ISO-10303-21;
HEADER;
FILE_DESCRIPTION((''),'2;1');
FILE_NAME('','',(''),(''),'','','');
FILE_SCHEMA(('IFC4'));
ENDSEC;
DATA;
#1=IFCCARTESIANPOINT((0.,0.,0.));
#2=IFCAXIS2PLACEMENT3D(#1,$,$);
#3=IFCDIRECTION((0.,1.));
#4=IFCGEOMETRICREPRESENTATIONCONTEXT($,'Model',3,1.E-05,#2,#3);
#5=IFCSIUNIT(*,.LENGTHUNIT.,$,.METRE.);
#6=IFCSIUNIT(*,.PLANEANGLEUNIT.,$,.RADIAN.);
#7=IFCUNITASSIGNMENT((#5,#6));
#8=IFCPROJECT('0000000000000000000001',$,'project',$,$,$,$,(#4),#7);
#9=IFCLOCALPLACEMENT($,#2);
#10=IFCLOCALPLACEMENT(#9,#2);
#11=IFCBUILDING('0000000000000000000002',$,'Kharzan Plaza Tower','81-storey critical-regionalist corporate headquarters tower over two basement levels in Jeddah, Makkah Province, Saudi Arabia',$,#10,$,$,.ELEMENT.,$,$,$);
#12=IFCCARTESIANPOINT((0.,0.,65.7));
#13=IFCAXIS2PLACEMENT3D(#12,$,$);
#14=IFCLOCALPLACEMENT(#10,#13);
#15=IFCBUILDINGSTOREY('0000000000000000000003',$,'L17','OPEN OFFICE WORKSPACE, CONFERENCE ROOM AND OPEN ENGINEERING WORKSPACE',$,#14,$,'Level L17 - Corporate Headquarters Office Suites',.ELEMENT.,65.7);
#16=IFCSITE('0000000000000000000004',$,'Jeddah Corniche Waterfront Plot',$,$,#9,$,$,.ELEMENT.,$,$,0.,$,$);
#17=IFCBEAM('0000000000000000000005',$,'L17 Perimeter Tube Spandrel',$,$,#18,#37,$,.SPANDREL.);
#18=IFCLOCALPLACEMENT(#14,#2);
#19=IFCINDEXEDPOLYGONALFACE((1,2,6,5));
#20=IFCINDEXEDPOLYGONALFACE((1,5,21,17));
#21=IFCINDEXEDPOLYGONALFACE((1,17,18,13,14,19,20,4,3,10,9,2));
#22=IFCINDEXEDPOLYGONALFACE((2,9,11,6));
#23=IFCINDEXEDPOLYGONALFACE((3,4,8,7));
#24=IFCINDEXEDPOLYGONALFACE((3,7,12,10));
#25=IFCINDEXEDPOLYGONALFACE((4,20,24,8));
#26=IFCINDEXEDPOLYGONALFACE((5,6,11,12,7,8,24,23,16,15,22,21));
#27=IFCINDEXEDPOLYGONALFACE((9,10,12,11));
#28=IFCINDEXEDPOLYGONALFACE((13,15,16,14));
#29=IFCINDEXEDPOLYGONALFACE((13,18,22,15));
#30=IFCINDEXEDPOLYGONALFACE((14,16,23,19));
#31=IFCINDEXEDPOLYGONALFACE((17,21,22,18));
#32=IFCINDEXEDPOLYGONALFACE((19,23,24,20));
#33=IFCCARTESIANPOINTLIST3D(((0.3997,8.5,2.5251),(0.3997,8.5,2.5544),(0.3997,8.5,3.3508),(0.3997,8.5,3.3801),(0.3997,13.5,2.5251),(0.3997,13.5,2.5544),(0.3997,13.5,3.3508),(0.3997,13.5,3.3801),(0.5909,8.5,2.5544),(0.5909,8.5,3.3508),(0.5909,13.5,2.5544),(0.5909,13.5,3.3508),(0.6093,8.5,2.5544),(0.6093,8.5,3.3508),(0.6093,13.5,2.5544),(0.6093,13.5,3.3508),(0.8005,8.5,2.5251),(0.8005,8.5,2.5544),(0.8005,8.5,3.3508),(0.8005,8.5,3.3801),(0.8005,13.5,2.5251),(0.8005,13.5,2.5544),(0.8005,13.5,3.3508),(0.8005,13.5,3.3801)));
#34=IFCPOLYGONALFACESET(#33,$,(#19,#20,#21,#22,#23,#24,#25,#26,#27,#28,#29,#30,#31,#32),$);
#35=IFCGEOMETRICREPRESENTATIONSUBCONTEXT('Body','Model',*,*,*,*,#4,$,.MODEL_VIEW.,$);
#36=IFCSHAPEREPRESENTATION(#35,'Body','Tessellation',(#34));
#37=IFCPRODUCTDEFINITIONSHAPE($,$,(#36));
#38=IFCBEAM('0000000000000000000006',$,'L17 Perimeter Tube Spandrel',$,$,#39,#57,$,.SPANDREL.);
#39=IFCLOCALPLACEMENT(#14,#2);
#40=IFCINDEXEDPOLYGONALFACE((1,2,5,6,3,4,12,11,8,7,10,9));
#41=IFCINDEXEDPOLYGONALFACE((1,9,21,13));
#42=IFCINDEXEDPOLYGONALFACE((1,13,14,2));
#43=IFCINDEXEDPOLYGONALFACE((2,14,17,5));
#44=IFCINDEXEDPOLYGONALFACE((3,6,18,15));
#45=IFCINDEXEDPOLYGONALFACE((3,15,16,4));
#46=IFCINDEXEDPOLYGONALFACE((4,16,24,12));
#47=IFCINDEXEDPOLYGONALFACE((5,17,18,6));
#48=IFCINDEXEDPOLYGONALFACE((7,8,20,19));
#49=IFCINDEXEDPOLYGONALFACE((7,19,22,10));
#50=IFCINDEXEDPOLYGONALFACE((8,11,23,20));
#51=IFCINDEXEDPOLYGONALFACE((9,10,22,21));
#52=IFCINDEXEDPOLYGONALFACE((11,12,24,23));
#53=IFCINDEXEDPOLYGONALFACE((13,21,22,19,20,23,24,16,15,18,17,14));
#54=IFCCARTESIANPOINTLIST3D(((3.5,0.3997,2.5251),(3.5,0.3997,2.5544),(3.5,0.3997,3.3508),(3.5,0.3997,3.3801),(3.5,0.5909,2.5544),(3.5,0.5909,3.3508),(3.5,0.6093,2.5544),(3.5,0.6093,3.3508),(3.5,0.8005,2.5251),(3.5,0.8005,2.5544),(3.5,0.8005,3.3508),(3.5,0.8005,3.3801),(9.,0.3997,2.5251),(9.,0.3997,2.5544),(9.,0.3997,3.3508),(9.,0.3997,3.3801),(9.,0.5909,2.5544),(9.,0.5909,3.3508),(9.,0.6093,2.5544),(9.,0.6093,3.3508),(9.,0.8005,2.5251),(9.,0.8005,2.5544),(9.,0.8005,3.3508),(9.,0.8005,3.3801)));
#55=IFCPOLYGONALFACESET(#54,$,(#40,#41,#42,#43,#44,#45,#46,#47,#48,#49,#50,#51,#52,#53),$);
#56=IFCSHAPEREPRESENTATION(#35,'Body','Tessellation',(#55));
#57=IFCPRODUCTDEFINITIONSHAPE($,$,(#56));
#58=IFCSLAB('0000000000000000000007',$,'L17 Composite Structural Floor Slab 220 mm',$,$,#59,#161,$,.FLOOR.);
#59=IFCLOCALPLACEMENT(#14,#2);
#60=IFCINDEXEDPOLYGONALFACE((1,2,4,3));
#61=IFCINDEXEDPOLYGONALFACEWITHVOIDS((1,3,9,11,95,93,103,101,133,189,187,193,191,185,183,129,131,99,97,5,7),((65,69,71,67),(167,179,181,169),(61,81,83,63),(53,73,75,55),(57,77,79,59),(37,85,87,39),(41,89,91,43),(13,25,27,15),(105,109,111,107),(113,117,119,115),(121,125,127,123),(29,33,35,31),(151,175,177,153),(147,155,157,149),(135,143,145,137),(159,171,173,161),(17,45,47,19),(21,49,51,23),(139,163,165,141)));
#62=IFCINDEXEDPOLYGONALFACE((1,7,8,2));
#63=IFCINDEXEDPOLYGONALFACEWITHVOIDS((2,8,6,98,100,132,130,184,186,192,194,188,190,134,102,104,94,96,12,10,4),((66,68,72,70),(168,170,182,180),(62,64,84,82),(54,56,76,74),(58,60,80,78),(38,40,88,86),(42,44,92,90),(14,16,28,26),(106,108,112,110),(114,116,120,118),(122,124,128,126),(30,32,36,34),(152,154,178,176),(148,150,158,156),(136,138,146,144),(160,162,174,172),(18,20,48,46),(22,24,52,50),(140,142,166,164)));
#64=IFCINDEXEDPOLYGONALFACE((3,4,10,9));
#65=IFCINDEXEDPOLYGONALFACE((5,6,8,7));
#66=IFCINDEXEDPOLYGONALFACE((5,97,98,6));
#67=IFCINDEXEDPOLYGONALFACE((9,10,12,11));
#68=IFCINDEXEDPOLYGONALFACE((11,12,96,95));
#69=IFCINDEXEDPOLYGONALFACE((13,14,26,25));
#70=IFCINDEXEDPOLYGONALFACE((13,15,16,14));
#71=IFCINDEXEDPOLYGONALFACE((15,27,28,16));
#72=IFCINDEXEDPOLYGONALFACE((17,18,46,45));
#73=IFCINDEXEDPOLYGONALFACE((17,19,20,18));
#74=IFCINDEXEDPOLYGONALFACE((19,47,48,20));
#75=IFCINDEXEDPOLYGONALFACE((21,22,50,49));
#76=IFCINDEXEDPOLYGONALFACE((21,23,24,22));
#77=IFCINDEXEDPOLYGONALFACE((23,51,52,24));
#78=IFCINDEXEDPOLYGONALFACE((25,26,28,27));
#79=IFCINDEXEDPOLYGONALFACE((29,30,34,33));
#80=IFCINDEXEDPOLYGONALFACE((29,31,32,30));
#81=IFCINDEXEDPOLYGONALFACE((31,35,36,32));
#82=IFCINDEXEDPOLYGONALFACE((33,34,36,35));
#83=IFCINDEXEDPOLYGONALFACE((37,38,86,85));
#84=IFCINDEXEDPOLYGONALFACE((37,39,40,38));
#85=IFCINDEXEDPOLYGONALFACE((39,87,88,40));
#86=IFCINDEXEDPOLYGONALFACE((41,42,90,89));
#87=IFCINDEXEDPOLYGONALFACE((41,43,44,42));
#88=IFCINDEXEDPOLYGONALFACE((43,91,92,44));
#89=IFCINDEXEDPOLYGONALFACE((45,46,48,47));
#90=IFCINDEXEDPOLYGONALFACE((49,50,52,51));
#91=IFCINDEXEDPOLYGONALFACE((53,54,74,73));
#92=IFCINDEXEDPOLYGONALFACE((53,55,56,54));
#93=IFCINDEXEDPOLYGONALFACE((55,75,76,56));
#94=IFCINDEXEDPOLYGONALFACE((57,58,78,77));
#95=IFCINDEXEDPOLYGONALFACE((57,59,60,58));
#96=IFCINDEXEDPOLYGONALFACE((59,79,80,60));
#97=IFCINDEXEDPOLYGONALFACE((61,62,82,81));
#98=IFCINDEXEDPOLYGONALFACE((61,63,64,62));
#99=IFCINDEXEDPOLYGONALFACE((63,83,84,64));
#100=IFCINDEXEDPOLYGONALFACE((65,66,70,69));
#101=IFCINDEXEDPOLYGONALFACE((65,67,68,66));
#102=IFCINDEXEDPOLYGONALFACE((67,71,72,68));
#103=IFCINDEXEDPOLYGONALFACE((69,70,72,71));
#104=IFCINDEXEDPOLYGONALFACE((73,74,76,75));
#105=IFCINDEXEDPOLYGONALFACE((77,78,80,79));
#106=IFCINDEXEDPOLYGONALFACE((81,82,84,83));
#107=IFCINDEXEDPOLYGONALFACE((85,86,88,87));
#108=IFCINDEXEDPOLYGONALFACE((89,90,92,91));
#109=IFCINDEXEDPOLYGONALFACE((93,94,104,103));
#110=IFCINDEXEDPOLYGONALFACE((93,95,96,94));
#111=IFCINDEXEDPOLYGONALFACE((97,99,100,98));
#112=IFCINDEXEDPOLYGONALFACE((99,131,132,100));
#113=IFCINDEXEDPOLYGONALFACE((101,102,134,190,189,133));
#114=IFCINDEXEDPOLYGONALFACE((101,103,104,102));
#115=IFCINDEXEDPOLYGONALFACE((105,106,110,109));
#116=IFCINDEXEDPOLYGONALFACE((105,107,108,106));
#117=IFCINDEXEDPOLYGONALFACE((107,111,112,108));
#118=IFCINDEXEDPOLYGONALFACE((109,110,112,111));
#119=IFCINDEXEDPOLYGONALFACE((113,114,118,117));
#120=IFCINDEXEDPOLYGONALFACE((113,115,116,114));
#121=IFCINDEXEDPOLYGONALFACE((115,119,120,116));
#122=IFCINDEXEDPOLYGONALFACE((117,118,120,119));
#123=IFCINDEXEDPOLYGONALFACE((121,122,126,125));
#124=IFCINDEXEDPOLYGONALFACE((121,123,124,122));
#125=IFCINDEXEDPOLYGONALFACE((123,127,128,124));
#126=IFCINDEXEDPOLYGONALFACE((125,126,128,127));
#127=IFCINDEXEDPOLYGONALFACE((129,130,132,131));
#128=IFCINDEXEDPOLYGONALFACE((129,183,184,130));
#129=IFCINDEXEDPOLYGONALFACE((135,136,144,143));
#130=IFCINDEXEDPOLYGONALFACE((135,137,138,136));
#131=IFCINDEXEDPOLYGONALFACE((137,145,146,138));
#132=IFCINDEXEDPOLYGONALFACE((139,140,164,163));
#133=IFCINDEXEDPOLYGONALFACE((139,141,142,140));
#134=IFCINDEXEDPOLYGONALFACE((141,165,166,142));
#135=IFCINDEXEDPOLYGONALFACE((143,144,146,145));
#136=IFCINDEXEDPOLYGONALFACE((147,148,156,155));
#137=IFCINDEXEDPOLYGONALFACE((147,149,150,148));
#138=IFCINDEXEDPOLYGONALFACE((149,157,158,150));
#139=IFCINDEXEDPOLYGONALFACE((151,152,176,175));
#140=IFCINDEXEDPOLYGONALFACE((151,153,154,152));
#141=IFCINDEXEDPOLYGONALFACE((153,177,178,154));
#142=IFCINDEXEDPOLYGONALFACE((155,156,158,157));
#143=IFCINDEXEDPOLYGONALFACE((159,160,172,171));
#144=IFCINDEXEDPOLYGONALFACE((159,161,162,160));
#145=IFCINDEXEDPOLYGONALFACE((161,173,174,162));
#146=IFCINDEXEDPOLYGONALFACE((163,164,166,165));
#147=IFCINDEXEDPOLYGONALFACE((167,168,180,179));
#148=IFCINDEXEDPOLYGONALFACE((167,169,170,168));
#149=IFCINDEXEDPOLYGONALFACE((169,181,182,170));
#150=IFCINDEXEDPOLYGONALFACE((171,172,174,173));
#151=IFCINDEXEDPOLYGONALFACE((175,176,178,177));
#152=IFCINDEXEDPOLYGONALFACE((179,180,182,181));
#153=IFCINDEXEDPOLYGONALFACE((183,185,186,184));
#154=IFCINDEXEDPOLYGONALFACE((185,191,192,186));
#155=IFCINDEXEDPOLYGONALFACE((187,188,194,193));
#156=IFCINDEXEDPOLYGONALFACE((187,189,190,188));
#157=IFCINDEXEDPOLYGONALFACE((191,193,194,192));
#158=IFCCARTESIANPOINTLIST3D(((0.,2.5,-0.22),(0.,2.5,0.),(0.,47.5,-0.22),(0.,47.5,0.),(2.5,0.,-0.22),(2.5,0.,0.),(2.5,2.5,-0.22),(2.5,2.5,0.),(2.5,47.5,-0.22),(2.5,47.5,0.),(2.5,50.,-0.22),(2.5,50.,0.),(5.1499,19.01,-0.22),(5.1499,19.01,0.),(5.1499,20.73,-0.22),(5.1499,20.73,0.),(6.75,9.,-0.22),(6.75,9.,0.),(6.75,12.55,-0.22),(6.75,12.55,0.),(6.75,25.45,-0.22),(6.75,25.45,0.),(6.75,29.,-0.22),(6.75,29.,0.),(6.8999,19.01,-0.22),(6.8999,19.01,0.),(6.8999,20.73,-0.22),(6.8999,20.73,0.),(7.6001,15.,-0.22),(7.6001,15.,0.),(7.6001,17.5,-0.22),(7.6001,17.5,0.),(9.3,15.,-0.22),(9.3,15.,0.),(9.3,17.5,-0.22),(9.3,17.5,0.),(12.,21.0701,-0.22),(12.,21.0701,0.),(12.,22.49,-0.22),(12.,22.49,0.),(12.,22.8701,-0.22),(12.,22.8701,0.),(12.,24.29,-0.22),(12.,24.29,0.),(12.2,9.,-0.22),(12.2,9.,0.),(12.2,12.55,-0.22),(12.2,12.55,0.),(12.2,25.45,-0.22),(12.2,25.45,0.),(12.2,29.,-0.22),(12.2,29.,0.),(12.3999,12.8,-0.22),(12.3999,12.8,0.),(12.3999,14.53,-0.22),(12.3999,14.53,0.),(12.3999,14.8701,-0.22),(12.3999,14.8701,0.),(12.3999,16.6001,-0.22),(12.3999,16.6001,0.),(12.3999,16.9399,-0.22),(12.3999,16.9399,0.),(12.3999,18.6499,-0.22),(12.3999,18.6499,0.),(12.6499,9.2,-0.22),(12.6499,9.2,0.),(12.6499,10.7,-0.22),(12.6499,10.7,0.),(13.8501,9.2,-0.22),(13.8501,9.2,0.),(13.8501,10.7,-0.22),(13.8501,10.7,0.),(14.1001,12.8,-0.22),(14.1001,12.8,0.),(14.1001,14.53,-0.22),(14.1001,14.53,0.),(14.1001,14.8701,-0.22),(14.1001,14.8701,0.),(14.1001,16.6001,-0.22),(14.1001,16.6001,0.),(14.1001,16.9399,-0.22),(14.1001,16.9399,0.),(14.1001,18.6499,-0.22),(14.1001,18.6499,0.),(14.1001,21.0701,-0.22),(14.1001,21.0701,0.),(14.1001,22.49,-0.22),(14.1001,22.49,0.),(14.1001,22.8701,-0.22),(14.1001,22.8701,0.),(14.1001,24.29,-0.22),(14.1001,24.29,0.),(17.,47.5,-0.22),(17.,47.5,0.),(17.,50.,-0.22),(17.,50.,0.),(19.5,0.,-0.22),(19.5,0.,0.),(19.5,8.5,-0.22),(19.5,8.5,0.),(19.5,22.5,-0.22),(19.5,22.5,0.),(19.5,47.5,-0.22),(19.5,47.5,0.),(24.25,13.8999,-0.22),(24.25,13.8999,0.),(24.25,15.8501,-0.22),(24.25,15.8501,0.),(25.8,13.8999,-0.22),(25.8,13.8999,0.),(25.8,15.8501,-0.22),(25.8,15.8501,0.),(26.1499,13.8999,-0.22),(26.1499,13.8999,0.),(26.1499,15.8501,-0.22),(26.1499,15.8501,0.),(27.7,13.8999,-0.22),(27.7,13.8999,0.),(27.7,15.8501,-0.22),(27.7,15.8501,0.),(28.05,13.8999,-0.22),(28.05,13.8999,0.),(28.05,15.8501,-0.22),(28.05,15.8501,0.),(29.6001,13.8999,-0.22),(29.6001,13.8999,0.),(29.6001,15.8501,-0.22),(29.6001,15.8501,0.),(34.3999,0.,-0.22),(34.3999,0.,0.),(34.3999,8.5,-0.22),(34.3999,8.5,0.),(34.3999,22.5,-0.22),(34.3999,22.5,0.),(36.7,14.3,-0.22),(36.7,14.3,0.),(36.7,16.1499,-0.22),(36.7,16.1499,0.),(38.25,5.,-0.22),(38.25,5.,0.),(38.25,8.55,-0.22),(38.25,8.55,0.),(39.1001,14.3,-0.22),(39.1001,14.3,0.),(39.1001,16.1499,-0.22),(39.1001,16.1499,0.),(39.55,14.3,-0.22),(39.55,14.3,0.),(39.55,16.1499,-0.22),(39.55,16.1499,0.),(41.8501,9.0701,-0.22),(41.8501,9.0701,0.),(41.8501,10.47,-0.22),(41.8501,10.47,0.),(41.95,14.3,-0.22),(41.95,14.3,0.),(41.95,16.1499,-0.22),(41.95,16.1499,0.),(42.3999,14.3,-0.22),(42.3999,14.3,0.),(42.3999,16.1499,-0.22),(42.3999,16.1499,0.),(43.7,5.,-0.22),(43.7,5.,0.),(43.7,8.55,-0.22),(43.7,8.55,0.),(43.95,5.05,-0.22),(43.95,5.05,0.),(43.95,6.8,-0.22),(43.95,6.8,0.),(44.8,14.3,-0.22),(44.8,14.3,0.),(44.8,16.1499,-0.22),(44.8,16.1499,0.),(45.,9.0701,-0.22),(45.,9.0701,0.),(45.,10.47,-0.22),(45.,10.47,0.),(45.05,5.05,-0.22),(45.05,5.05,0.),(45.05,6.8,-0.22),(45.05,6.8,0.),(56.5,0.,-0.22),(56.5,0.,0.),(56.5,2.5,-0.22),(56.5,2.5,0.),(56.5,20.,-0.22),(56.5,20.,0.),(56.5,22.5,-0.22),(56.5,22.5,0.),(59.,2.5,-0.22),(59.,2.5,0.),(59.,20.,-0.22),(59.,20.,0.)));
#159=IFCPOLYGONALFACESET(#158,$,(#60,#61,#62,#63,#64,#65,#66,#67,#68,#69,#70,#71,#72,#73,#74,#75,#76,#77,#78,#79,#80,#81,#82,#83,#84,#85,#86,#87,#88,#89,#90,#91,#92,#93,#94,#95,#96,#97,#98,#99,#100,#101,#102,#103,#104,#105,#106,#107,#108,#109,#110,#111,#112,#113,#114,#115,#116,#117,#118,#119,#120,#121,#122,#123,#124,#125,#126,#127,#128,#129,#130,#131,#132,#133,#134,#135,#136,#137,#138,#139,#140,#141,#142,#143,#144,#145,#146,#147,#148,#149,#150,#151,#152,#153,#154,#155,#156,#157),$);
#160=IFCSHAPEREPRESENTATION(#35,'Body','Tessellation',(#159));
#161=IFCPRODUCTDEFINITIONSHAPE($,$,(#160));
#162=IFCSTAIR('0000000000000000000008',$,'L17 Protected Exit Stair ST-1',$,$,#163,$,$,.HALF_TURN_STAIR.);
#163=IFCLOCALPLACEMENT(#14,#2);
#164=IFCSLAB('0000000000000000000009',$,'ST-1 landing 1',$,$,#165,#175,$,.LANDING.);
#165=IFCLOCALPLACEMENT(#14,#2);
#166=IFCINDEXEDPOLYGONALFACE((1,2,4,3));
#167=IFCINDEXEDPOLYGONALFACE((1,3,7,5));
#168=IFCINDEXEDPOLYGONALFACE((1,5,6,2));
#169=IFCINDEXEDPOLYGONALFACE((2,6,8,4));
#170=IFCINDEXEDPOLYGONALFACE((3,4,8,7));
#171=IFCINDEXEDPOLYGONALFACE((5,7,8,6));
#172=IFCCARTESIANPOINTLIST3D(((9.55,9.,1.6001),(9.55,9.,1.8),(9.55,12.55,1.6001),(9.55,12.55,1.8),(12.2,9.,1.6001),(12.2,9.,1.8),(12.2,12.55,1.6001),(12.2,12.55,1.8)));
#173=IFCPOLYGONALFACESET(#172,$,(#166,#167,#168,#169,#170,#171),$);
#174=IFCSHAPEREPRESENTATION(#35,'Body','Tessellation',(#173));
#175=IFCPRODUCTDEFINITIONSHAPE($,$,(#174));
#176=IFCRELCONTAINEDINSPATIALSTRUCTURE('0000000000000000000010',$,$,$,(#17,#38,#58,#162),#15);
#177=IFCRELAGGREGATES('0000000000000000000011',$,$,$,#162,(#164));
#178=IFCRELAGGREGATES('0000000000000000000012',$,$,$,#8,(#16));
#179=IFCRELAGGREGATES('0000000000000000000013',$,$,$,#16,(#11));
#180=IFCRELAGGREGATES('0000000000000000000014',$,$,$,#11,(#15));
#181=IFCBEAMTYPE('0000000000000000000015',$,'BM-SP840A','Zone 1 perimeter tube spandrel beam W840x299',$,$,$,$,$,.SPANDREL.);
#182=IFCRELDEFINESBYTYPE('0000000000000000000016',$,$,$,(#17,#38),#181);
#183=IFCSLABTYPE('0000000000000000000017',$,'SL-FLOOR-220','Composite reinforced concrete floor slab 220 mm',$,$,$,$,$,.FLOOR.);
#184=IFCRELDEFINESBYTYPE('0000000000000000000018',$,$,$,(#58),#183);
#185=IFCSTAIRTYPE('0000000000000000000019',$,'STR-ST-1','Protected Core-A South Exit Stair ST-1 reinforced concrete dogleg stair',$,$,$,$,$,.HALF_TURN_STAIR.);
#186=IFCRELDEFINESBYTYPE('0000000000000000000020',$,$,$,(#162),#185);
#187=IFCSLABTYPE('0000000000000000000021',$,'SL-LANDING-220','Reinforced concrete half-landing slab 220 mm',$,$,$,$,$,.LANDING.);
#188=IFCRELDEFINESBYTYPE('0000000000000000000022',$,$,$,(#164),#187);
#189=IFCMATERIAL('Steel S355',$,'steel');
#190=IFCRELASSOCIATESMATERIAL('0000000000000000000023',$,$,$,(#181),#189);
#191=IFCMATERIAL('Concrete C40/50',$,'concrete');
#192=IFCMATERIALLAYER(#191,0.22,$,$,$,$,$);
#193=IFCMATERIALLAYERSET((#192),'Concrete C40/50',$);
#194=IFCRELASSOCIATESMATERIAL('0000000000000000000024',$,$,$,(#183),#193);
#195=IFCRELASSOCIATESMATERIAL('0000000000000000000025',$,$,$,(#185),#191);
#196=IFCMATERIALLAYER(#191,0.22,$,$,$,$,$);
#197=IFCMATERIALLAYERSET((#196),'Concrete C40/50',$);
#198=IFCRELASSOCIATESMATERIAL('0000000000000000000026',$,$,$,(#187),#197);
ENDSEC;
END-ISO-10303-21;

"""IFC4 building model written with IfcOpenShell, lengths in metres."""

from ifc_helpers import new_model, si_unit, direction, frame, origin, origin_2d, place, context, subcontext, project, spatial, polyline, i_section, outline, extrude, source, transform, mapped, material, layer, layer_set, material_profile, profile_set, type_object, element, aggregate, save


model = new_model("IFC4")

# Units and contexts
model_context = context("Model", 3, precision=1e-05, world=origin(), true_north=direction((0.0, 1.0)))
body_context = subcontext(model_context, "Body", "Model", "MODEL_VIEW")
ifc_project = project(units=[si_unit("LENGTHUNIT", "METRE"), si_unit("PLANEANGLEUNIT", "RADIAN")], contexts=[model_context])

# Site, building, storey
site_placement = place(None, origin())
site = spatial("IfcSite", under=ifc_project, at=site_placement, Name="Jeddah Corniche Waterfront Plot", CompositionType="ELEMENT", RefElevation=0.0)
building_placement = place(site_placement, origin())
building = spatial("IfcBuilding", under=site, at=building_placement, Name="Kharzan Plaza Tower", Description="81-storey critical-regionalist corporate headquarters tower over two basement levels in Jeddah, Makkah Province, Saudi Arabia", CompositionType="ELEMENT")
storey_placement = place(building_placement, frame((0.0, 0.0, 65.7)))
storey = spatial("IfcBuildingStorey", under=building, at=storey_placement, Name="L17", Description="OPEN OFFICE WORKSPACE, CONFERENCE ROOM AND OPEN ENGINEERING WORKSPACE", LongName="Level L17 - Corporate Headquarters Office Suites", CompositionType="ELEMENT", Elevation=65.7)

# Beams
ifc_material_1 = material(Name="Steel S355", Category="steel")
ifc_material_profile_1 = material_profile(ifc_material_1, i_section(OverallWidth=0.4009, OverallDepth=0.855, WebThickness=0.0183, FlangeThickness=0.0293, at=origin_2d()), Name="W840x299")
ifc_profile_set_1 = profile_set([ifc_material_profile_1], Name="Steel S355")
beam_type_1 = type_object("IfcBeamType", Name="BM-SP840A", Description="Zone 1 perimeter tube spandrel beam W840x299", PredefinedType="SPANDREL", material=ifc_profile_set_1)
shared_shape_1 = source(origin(), body_context, "Body", "SweptSolid", [
    extrude(i_section(OverallWidth=0.4009, OverallDepth=0.855, WebThickness=0.0183, FlangeThickness=0.0293, at=origin_2d()), origin(), (0.0, 0.0, 1.0), 5.0),
])
for number, where, z_axis, x_axis, name in (
    (1, (0.6001, 8.5, 2.9526), (0.0, 1.0, 0.0), (-1.0, 0.0, 0.0), "L17 Perimeter Tube Spandrel"),
):
    element("IfcBeam", number, at=place(storey_placement, frame(where, z_axis=z_axis, x_axis=x_axis)), inside=storey, type_object=beam_type_1, Name=name, PredefinedType="SPANDREL", context=body_context, shape_type="MappedRepresentation", body=[
        mapped(shared_shape_1, transform((0.0, 0.0, 0.0), x_axis=(1.0, 0.0, 0.0), y_axis=(0.0, 1.0, 0.0), z_axis=(0.0, 0.0, 1.0))),
    ])
shared_shape_2 = source(origin(), body_context, "Body", "SweptSolid", [
    extrude(i_section(OverallWidth=0.4009, OverallDepth=0.855, WebThickness=0.0183, FlangeThickness=0.0293, at=origin_2d()), origin(), (0.0, 0.0, 1.0), 5.5),
])
beam_1_placement = place(storey_placement, frame((3.5, 0.6001, 2.9526), z_axis=(1.0, 0.0, 0.0), x_axis=(0.0, 1.0, 0.0)))
element("IfcBeam", 2, at=beam_1_placement, inside=storey, type_object=beam_type_1, Name="L17 Perimeter Tube Spandrel", PredefinedType="SPANDREL", context=body_context, shape_type="MappedRepresentation", body=[
    mapped(shared_shape_2, transform((0.0, 0.0, 0.0), x_axis=(1.0, 0.0, 0.0), y_axis=(0.0, 1.0, 0.0), z_axis=(0.0, 0.0, 1.0))),
])

# Slab
ifc_material_2 = material(Name="Concrete C40/50", Category="concrete")
ifc_layer_1 = layer(ifc_material_2, 0.22)
ifc_layer_set_1 = layer_set([ifc_layer_1], Name="Concrete C40/50")
slab_type_1 = type_object("IfcSlabType", Name="SL-FLOOR-220", Description="Composite reinforced concrete floor slab 220 mm", PredefinedType="FLOOR", material=ifc_layer_set_1)
slab_1_placement = place(storey_placement, frame((0.0, 0.0, -0.22)))
element("IfcSlab", 3, at=slab_1_placement, inside=storey, type_object=slab_type_1, Name="L17 Composite Structural Floor Slab 220 mm", PredefinedType="FLOOR", context=body_context, shape_type="SweptSolid", body=[
    extrude(outline(polyline([(34.3999, 22.5), (19.5, 22.5), (19.5, 47.5), (17.0, 47.5), (17.0, 50.0), (2.5, 50.0), (2.5, 47.5), (0.0, 47.5), (0.0, 2.5), (2.5, 2.5), (2.5, 0.0), (19.5, 0.0), (19.5, 8.5), (34.3999, 8.5), (34.3999, 0.0), (56.5, 0.0), (56.5, 2.5), (59.0, 2.5), (59.0, 20.0), (56.5, 20.0), (56.5, 22.5), (34.3999, 22.5)]), holes=[polyline([(13.8501, 9.2), (13.8501, 10.7), (12.6499, 10.7), (12.6499, 9.2), (13.8501, 9.2)]), polyline([(12.2, 9.0), (12.2, 12.55), (6.75, 12.55), (6.75, 9.0), (12.2, 9.0)]), polyline([(14.1001, 12.8), (14.1001, 14.53), (12.3999, 14.53), (12.3999, 12.8), (14.1001, 12.8)]), polyline([(14.1001, 14.8701), (14.1001, 16.6001), (12.3999, 16.6001), (12.3999, 14.8701), (14.1001, 14.8701)]), polyline([(9.3, 15.0), (9.3, 17.5), (7.6001, 17.5), (7.6001, 15.0), (9.3, 15.0)]), polyline([(14.1001, 16.9399), (14.1001, 18.6499), (12.3999, 18.6499), (12.3999, 16.9399), (14.1001, 16.9399)]), polyline([(6.8999, 19.01), (6.8999, 20.73), (5.1499, 20.73), (5.1499, 19.01), (6.8999, 19.01)]), polyline([(12.0, 21.0701), (14.1001, 21.0701), (14.1001, 22.49), (12.0, 22.49), (12.0, 21.0701)]), polyline([(12.0, 22.8701), (14.1001, 22.8701), (14.1001, 24.29), (12.0, 24.29), (12.0, 22.8701)]), polyline([(12.2, 25.45), (12.2, 29.0), (6.75, 29.0), (6.75, 25.45), (12.2, 25.45)]), polyline([(45.05, 5.05), (45.05, 6.8), (43.95, 6.8), (43.95, 5.05), (45.05, 5.05)]), polyline([(43.7, 5.0), (43.7, 8.55), (38.25, 8.55), (38.25, 5.0), (43.7, 5.0)]), polyline([(41.8501, 9.0701), (45.0, 9.0701), (45.0, 10.47), (41.8501, 10.47), (41.8501, 9.0701)]), polyline([(24.25, 13.8999), (25.8, 13.8999), (25.8, 15.8501), (24.25, 15.8501), (24.25, 13.8999)]), polyline([(27.7, 13.8999), (27.7, 15.8501), (26.1499, 15.8501), (26.1499, 13.8999), (27.7, 13.8999)]), polyline([(29.6001, 13.8999), (29.6001, 15.8501), (28.05, 15.8501), (28.05, 13.8999), (29.6001, 13.8999)]), polyline([(39.1001, 14.3), (39.1001, 16.1499), (36.7, 16.1499), (36.7, 14.3), (39.1001, 14.3)]), polyline([(39.55, 14.3), (41.95, 14.3), (41.95, 16.1499), (39.55, 16.1499), (39.55, 14.3)]), polyline([(42.3999, 14.3), (44.8, 14.3), (44.8, 16.1499), (42.3999, 16.1499), (42.3999, 14.3)])]), origin(), (0.0, 0.0, 1.0), 0.22),
])

# Stair, slab
stair_type_1 = type_object("IfcStairType", Name="STR-ST-1", Description="Protected Core-A South Exit Stair ST-1 reinforced concrete dogleg stair", PredefinedType="HALF_TURN_STAIR", material=ifc_material_2)
stair_1_placement = place(storey_placement, origin())
stair_1 = element("IfcStair", 4, at=stair_1_placement, inside=storey, type_object=stair_type_1, Name="L17 Protected Exit Stair ST-1", PredefinedType="HALF_TURN_STAIR")
ifc_layer_2 = layer(ifc_material_2, 0.22)
ifc_layer_set_2 = layer_set([ifc_layer_2], Name="Concrete C40/50")
slab_type_2 = type_object("IfcSlabType", Name="SL-LANDING-220", Description="Reinforced concrete half-landing slab 220 mm", PredefinedType="LANDING", material=ifc_layer_set_2)
slab_2_placement = place(storey_placement, frame((0.0, 0.0, 1.6001)))
slab_2 = element("IfcSlab", 5, at=slab_2_placement, type_object=slab_type_2, Name="ST-1 landing 1", PredefinedType="LANDING", context=body_context, shape_type="SweptSolid", body=[
    extrude(outline(polyline([(9.55, 9.0), (12.2, 9.0), (12.2, 12.55), (9.55, 12.55), (9.55, 9.0)])), origin(), (0.0, 0.0, 1.0), 0.2),
])
aggregate(stair_1, [slab_2])

save(model, "model.ifc")
